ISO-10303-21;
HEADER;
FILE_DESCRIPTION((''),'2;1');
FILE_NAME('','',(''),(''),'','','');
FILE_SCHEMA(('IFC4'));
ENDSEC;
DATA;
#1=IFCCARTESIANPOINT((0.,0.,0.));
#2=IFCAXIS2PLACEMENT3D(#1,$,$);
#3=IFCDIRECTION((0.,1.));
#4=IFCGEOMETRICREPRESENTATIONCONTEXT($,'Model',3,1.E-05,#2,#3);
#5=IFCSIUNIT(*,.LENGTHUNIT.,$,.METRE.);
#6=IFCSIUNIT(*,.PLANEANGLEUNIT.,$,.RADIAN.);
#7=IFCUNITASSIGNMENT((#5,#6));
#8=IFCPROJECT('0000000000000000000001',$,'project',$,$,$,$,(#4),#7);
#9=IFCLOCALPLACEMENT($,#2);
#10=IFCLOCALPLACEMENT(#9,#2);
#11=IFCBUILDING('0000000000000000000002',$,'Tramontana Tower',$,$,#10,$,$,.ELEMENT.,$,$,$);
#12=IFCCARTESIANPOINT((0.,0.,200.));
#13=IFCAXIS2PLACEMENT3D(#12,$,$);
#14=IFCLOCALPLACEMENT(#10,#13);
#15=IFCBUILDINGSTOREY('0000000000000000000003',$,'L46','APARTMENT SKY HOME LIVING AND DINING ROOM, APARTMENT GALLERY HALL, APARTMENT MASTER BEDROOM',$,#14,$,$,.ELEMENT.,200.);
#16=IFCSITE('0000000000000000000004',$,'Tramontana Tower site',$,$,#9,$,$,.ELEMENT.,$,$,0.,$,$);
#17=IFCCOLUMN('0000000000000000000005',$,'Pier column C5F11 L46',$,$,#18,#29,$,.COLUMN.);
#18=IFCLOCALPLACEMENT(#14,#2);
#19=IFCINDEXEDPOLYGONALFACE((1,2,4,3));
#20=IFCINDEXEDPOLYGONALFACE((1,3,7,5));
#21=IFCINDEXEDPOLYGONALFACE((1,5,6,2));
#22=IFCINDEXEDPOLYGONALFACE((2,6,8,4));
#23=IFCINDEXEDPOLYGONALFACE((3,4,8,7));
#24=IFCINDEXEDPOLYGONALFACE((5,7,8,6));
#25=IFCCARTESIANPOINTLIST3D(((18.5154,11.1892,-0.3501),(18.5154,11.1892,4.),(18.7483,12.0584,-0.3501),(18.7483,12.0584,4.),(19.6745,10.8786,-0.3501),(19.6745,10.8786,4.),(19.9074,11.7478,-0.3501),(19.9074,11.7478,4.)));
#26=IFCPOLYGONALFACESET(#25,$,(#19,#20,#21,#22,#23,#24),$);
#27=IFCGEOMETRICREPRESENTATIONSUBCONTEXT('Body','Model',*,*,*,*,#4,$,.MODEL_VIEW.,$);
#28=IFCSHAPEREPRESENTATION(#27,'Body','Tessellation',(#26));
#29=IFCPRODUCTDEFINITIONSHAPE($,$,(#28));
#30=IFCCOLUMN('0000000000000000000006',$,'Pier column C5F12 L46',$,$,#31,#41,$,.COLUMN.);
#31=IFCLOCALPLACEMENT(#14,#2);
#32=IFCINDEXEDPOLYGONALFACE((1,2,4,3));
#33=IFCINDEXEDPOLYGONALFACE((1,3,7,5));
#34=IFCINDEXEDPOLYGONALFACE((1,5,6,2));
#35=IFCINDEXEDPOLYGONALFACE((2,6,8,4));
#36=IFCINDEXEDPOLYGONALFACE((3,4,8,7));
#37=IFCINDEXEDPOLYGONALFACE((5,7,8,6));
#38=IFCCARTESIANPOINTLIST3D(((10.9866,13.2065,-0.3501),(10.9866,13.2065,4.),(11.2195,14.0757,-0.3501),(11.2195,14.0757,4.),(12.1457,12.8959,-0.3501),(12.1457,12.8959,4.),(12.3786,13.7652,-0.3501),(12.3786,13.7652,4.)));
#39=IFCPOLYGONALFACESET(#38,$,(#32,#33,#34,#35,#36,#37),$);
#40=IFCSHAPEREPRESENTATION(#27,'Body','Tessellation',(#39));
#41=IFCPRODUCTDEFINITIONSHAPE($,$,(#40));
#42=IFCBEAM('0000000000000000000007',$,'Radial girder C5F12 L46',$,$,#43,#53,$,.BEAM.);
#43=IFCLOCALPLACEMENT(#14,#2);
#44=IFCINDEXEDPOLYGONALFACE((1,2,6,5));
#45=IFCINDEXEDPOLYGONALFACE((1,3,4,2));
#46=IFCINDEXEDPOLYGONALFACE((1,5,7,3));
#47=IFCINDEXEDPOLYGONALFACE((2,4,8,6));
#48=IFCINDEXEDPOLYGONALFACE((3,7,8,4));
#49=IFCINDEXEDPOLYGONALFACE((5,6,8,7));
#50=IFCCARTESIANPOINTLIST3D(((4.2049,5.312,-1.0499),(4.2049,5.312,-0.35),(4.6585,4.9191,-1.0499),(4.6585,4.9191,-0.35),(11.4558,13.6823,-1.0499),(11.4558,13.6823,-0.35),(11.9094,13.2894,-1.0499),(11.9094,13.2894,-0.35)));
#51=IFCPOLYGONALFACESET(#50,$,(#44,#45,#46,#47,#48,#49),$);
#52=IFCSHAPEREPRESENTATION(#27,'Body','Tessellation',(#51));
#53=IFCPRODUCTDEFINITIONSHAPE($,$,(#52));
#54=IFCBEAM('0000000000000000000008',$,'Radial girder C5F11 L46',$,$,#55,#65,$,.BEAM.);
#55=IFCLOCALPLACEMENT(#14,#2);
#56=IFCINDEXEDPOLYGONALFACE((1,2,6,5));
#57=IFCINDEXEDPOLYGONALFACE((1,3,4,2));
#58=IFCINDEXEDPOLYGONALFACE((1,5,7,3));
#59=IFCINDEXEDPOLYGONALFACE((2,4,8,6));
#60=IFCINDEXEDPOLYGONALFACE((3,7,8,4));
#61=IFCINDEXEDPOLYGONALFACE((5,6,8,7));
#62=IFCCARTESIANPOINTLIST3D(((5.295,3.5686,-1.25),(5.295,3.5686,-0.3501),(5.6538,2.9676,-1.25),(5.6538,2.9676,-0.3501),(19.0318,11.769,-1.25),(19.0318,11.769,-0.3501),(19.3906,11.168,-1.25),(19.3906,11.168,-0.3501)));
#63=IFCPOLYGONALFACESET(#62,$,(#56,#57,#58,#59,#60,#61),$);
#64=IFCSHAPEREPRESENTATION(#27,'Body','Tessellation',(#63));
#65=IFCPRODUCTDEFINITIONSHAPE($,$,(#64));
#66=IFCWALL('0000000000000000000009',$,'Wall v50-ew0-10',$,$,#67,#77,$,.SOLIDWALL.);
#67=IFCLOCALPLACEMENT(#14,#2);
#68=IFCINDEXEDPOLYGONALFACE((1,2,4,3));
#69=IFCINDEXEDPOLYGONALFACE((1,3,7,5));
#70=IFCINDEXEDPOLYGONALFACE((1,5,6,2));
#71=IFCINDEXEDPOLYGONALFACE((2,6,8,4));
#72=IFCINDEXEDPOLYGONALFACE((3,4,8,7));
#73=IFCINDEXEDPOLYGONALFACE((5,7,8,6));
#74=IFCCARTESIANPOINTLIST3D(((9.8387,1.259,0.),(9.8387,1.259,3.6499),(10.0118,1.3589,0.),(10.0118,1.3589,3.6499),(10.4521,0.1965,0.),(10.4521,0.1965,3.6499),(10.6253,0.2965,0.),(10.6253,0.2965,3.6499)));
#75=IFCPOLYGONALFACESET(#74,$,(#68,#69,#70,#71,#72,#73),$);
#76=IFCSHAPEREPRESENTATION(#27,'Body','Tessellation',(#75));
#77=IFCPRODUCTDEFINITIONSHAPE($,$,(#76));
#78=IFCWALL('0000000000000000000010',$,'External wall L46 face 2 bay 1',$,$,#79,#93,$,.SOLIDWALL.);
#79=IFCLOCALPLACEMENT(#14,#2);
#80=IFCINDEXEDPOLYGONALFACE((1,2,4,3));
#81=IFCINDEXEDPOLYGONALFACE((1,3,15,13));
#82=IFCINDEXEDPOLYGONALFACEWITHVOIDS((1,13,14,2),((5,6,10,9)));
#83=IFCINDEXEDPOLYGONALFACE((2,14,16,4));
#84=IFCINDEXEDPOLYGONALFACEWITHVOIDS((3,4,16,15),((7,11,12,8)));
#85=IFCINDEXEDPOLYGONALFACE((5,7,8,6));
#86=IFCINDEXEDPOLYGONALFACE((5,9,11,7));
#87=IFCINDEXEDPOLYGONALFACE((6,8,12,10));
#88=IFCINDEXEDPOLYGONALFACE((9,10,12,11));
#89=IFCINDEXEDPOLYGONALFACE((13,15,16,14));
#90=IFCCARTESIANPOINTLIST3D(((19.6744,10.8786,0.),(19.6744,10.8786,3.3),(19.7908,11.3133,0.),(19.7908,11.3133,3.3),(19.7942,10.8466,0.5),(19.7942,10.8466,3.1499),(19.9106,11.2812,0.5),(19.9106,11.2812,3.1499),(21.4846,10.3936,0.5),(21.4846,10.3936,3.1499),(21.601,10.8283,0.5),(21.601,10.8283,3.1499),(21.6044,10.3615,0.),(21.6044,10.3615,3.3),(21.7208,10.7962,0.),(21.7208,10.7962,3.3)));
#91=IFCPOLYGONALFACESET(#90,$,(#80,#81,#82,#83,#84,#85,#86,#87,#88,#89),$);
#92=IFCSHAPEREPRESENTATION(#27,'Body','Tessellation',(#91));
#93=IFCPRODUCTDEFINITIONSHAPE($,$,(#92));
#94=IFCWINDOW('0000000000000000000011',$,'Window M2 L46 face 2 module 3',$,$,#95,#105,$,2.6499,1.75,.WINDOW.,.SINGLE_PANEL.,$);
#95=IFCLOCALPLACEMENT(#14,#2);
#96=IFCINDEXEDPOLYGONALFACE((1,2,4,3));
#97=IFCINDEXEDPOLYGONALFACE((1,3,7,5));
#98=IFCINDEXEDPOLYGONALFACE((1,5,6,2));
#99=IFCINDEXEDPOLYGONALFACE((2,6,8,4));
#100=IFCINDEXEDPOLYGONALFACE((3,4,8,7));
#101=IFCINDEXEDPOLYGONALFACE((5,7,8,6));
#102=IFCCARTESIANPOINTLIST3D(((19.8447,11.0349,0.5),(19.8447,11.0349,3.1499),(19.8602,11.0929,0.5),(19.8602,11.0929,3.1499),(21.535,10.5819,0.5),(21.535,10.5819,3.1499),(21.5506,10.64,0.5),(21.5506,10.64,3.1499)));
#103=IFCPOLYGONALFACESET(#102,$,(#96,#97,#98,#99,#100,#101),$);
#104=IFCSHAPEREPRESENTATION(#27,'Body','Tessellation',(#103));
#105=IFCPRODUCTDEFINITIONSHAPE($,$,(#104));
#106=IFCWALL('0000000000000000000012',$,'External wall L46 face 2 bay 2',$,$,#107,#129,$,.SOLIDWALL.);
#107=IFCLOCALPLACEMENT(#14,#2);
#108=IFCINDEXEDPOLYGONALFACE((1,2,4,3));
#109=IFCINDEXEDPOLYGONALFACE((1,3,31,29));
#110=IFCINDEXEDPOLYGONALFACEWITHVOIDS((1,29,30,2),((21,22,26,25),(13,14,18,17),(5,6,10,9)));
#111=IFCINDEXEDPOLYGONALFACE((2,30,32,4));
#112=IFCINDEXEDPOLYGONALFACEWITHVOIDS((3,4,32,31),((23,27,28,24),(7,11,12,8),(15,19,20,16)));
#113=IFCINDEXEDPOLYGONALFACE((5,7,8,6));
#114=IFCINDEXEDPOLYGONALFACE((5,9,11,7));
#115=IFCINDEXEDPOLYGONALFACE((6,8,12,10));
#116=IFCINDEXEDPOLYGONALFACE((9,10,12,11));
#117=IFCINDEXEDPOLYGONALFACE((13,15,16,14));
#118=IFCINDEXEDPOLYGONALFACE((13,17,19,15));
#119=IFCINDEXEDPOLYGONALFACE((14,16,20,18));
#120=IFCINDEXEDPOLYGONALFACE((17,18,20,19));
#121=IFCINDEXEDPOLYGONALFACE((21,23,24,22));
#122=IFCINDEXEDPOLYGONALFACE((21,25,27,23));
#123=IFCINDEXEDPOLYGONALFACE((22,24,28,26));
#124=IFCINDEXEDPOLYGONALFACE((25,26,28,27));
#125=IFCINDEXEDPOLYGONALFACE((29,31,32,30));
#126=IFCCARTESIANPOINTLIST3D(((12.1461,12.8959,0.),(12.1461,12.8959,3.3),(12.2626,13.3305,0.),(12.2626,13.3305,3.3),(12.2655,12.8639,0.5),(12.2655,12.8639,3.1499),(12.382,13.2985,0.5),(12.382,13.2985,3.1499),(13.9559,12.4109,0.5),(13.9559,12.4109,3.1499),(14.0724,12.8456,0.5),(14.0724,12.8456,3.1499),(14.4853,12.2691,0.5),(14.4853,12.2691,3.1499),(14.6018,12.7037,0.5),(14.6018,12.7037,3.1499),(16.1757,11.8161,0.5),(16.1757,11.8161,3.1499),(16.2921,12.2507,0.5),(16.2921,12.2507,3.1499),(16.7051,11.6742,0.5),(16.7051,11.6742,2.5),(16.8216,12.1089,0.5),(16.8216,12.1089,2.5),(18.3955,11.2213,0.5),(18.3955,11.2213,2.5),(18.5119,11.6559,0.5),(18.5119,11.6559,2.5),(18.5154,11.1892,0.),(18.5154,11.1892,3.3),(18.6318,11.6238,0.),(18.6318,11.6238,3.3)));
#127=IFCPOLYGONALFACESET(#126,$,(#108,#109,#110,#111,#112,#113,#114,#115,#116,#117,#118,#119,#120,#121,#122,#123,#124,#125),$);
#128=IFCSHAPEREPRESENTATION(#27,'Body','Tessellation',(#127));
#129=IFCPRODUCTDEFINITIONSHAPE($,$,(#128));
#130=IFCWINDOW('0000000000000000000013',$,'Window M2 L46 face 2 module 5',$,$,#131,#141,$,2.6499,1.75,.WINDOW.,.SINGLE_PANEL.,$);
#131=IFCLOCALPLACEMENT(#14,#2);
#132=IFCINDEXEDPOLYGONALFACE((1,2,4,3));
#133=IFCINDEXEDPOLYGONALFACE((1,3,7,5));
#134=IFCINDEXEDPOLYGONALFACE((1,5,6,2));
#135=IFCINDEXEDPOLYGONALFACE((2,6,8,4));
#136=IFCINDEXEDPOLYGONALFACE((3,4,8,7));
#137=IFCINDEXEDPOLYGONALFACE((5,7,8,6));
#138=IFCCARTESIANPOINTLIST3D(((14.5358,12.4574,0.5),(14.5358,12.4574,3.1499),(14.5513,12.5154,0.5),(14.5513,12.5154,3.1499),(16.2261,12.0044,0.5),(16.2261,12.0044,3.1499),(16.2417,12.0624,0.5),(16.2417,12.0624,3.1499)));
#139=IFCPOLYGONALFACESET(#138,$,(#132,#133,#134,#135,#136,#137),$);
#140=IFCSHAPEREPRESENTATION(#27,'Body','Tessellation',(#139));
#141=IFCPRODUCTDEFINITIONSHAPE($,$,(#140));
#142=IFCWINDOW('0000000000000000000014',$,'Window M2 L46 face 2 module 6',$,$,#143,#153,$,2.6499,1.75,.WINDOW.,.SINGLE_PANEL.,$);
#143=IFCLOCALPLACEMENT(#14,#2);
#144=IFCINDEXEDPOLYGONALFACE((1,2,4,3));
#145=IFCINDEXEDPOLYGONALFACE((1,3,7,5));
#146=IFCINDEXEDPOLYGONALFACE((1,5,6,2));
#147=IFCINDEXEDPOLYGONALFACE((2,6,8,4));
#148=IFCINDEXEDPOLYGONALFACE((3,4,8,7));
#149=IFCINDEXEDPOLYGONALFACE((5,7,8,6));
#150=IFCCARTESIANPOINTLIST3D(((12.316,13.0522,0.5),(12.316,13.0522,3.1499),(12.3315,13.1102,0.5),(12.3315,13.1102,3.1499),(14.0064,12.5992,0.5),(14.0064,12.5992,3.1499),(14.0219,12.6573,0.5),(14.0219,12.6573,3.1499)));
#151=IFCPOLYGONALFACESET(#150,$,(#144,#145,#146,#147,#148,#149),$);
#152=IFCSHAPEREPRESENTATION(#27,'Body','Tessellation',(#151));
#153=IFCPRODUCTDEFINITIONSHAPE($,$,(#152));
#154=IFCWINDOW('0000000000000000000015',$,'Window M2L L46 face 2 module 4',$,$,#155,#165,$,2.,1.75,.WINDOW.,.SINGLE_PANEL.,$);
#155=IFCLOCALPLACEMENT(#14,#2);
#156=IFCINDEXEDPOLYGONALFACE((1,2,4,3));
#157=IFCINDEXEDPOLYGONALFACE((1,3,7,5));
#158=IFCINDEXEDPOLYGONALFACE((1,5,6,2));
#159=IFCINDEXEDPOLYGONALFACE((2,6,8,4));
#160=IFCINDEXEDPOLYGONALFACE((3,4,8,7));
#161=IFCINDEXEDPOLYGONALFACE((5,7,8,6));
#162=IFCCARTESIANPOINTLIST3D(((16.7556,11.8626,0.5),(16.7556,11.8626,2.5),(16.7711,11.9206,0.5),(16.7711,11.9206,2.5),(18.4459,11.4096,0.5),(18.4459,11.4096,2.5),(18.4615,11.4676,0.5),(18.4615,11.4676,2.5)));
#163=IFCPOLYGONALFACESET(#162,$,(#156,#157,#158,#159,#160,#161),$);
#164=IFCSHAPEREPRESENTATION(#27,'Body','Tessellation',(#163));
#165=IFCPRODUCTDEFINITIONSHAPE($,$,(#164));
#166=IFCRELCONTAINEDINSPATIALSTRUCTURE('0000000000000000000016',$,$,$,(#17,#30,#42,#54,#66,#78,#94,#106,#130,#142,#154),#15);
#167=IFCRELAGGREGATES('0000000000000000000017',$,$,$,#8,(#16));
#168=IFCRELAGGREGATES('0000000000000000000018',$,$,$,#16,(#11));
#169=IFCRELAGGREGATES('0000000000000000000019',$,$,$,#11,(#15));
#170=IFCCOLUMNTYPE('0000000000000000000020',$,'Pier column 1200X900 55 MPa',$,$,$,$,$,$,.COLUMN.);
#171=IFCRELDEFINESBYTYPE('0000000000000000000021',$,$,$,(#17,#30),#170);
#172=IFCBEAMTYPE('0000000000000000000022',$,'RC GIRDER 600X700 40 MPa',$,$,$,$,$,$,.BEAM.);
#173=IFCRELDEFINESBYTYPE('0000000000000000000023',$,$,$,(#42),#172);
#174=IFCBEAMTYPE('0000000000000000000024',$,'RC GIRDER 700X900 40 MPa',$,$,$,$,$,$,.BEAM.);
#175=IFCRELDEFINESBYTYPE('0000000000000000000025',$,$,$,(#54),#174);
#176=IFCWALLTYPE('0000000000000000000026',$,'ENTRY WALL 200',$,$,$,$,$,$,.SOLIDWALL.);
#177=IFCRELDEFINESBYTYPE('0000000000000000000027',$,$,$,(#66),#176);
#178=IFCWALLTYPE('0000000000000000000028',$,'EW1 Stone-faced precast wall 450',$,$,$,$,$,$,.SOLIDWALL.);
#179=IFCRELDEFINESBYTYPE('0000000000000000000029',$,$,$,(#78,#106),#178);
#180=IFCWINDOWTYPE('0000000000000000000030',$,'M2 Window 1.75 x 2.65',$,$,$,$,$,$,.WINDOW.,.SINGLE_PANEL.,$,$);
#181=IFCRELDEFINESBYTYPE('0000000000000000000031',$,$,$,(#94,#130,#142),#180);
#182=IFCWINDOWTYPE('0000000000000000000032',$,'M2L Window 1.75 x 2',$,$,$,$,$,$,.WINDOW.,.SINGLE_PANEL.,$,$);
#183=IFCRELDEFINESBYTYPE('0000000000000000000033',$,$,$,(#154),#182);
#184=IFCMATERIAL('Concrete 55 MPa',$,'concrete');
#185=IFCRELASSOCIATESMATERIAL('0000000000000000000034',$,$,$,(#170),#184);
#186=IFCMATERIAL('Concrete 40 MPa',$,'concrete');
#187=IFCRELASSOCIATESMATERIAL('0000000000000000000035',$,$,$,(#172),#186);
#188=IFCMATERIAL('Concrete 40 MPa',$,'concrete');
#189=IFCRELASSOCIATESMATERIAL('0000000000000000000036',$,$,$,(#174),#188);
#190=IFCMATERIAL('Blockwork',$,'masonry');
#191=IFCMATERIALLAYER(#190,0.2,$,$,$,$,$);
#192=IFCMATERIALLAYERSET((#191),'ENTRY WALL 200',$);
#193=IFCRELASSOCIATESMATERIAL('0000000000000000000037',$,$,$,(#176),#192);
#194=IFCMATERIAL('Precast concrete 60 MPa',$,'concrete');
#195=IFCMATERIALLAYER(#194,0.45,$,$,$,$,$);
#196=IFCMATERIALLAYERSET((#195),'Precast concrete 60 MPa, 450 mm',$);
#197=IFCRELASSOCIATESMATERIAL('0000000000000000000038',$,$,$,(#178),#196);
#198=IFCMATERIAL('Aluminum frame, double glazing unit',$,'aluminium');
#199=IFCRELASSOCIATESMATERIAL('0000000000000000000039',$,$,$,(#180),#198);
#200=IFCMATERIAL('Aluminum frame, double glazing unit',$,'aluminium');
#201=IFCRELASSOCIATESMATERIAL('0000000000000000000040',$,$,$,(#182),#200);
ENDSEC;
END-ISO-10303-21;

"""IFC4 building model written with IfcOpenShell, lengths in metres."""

from ifc_helpers import new_model, si_unit, direction, frame, frame_2d, origin, origin_2d, place, context, subcontext, project, spatial, rectangle, extrude, material, layer, layer_set, material_profile, profile_set, type_object, element, fill, save


model = new_model("IFC4")

# Units and contexts
model_context = context("Model", 3, precision=1e-05, world=origin(), true_north=direction((0.0, 1.0)))
body_context = subcontext(model_context, "Body", "Model", "MODEL_VIEW")
ifc_project = project(units=[si_unit("LENGTHUNIT", "METRE"), si_unit("PLANEANGLEUNIT", "RADIAN")], contexts=[model_context])

# Site, building, storey
site_placement = place(None, origin())
site = spatial("IfcSite", under=ifc_project, at=site_placement, Name="Tramontana Tower site", CompositionType="ELEMENT", RefElevation=0.0)
building_placement = place(site_placement, origin())
building = spatial("IfcBuilding", under=site, at=building_placement, Name="Tramontana Tower", CompositionType="ELEMENT")
storey_placement = place(building_placement, frame((0.0, 0.0, 200.0)))
storey = spatial("IfcBuildingStorey", under=building, at=storey_placement, Name="L46", Description="APARTMENT SKY HOME LIVING AND DINING ROOM, APARTMENT GALLERY HALL, APARTMENT MASTER BEDROOM", CompositionType="ELEMENT", Elevation=200.0)

# Columns
ifc_material_1 = material(Name="Concrete 55 MPa", Category="concrete")
ifc_material_profile_1 = material_profile(ifc_material_1, rectangle(XDim=1.2, YDim=0.8999, at=origin_2d()), Name="Pier column 1200X900 55 MPa")
ifc_profile_set_1 = profile_set([ifc_material_profile_1], Name="Concrete 55 MPa")
column_type = type_object("IfcColumnType", Name="Pier column 1200X900 55 MPa", PredefinedType="COLUMN", material=ifc_profile_set_1)
for number, where, z_axis, x_axis, name in (
    (1, (19.2114, 11.4685, -0.3501), (0.0, 0.0, 1.0), (-0.965926, 0.258819, 0.0), "Pier column C5F11 L46"),
    (2, (11.6826, 13.4858, -0.3501), (0.0, 0.0, 1.0), (-0.965926, 0.258819, 0.0), "Pier column C5F12 L46"),
):
    element("IfcColumn", number, at=place(storey_placement, frame(where, z_axis=z_axis, x_axis=x_axis)), inside=storey, type_object=column_type, Name=name, PredefinedType="COLUMN", context=body_context, shape_type="SweptSolid", body=[
        extrude(rectangle(XDim=1.2, YDim=0.8999, at=origin_2d()), origin(), (0.0, 0.0, 1.0), 4.3501),
    ])

# Beams
ifc_material_2 = material(Name="Concrete 40 MPa", Category="concrete")
ifc_material_profile_2 = material_profile(ifc_material_2, rectangle(XDim=0.6001, YDim=0.7, at=origin_2d()), Name="RC GIRDER 600X700 40 MPa")
ifc_profile_set_2 = profile_set([ifc_material_profile_2], Name="Concrete 40 MPa")
beam_type_1 = type_object("IfcBeamType", Name="RC GIRDER 600X700 40 MPa", PredefinedType="BEAM", material=ifc_profile_set_2)
beam_1_placement = place(storey_placement, frame((11.6826, 13.4858, -0.7), z_axis=(-0.654758, -0.755838, 0.0), x_axis=(0.755838, -0.654758, 0.0)))
element("IfcBeam", 3, at=beam_1_placement, inside=storey, type_object=beam_type_1, Name="Radial girder C5F12 L46", PredefinedType="BEAM", context=body_context, shape_type="SweptSolid", body=[
    extrude(rectangle(XDim=0.6001, YDim=0.7, at=origin_2d()), origin(), (0.0, 0.0, 1.0), 11.0742),
])
ifc_material_3 = material(Name="Concrete 40 MPa", Category="concrete")
ifc_material_profile_3 = material_profile(ifc_material_3, rectangle(XDim=0.7, YDim=0.8999, at=origin_2d()), Name="RC GIRDER 700X900 40 MPa")
ifc_profile_set_3 = profile_set([ifc_material_profile_3], Name="Concrete 40 MPa")
beam_type_2 = type_object("IfcBeamType", Name="RC GIRDER 700X900 40 MPa", PredefinedType="BEAM", material=ifc_profile_set_3)
beam_2_placement = place(storey_placement, frame((19.2112, 11.4685, -0.8), z_axis=(-0.858639, -0.51258, 0.0), x_axis=(0.51258, -0.858639, 0.0)))
element("IfcBeam", 4, at=beam_2_placement, inside=storey, type_object=beam_type_2, Name="Radial girder C5F11 L46", PredefinedType="BEAM", context=body_context, shape_type="SweptSolid", body=[
    extrude(rectangle(XDim=0.7, YDim=0.8999, at=origin_2d()), origin(), (0.0, 0.0, 1.0), 15.9983),
])

# Wall
ifc_material_4 = material(Name="Blockwork", Category="masonry")
ifc_layer_1 = layer(ifc_material_4, 0.2)
ifc_layer_set_1 = layer_set([ifc_layer_1], Name="ENTRY WALL 200")
wall_type_1 = type_object("IfcWallType", Name="ENTRY WALL 200", PredefinedType="SOLIDWALL", material=ifc_layer_set_1)
wall_1_placement = place(storey_placement, frame((9.9253, 1.3088, 0.0), z_axis=(0.0, 0.0, 1.0), x_axis=(0.500055, -0.865993, 0.0)))
element("IfcWall", 5, at=wall_1_placement, inside=storey, type_object=wall_type_1, Name="Wall v50-ew0-10", PredefinedType="SOLIDWALL", context=body_context, shape_type="SweptSolid", body=[
    extrude(rectangle(XDim=1.2268, YDim=0.2, at=frame_2d((0.6133, 0.0))), origin(), (0.0, 0.0, 1.0), 3.6499),
])

# Wall, opening, window
ifc_material_5 = material(Name="Precast concrete 60 MPa", Category="concrete")
ifc_layer_2 = layer(ifc_material_5, 0.45)
ifc_layer_set_2 = layer_set([ifc_layer_2], Name="Precast concrete 60 MPa, 450 mm")
wall_type_2 = type_object("IfcWallType", Name="EW1 Stone-faced precast wall 450", PredefinedType="SOLIDWALL", material=ifc_layer_set_2)
wall_2_placement = place(storey_placement, frame((21.6626, 10.5789, 0.0), z_axis=(0.0, 0.0, 1.0), x_axis=(-0.96593, 0.258803, 0.0)))
wall_2 = element("IfcWall", 6, at=wall_2_placement, inside=storey, type_object=wall_type_2, Name="External wall L46 face 2 bay 1", PredefinedType="SOLIDWALL", context=body_context, shape_type="SweptSolid", body=[
    extrude(rectangle(XDim=1.998, YDim=0.45, at=frame_2d((0.999, 0.0))), origin(), (0.0, 0.0, 1.0), 3.3),
])
opening_1_placement = place(wall_2_placement, frame((0.124, 0.0, 0.5)))
opening_1 = element("IfcOpeningElement", 7, at=opening_1_placement, cuts=wall_2, PredefinedType="OPENING", context=body_context, shape_type="SweptSolid", body=[
    extrude(rectangle(XDim=1.75, YDim=2.6499, at=frame_2d((0.875, 1.325))), frame((0.0, 0.2349, 0.0), z_axis=(0.0, -1.0, 0.0), x_axis=(1.0, 0.0, 0.0)), (0.0, 0.0, 1.0), 0.47),
])
ifc_material_6 = material(Name="Aluminum frame, double glazing unit", Category="aluminium")
window_type_1 = type_object("IfcWindowType", Name="M2 Window 1.75 x 2.65", PartitioningType="SINGLE_PANEL", PredefinedType="WINDOW", material=ifc_material_6)
window_1_placement = place(opening_1_placement, origin())
window_1 = element("IfcWindow", 8, at=window_1_placement, inside=storey, type_object=window_type_1, Name="Window M2 L46 face 2 module 3", OverallHeight=2.6499, OverallWidth=1.75, PartitioningType="SINGLE_PANEL", PredefinedType="WINDOW", context=body_context, shape_type="SweptSolid", body=[
    extrude(rectangle(XDim=1.75, YDim=2.6499, at=frame_2d((0.875, 1.325))), frame((0.0, 0.03, 0.0), z_axis=(0.0, -1.0, 0.0), x_axis=(1.0, 0.0, 0.0)), (0.0, 0.0, 1.0), 0.0601),
])
fill(opening_1, window_1)

# Wall, openings, windows
wall_3_placement = place(storey_placement, frame((18.5735, 11.4065, 0.0), z_axis=(0.0, 0.0, 1.0), x_axis=(-0.965921, 0.258835, 0.0)))
wall_3 = element("IfcWall", 9, at=wall_3_placement, inside=storey, type_object=wall_type_2, Name="External wall L46 face 2 bay 2", PredefinedType="SOLIDWALL", context=body_context, shape_type="SweptSolid", body=[
    extrude(rectangle(XDim=6.594, YDim=0.45, at=frame_2d((3.2969, 0.0))), origin(), (0.0, 0.0, 1.0), 3.3),
])
opening_2_placement = place(wall_3_placement, frame((0.124, 0.0, 0.5)))
opening_2 = element("IfcOpeningElement", 10, at=opening_2_placement, cuts=wall_3, PredefinedType="OPENING", context=body_context, shape_type="SweptSolid", body=[
    extrude(rectangle(XDim=1.75, YDim=2.0, at=frame_2d((0.875, 1.0))), frame((0.0, 0.2349, 0.0), z_axis=(0.0, -1.0, 0.0), x_axis=(1.0, 0.0, 0.0)), (0.0, 0.0, 1.0), 0.47),
])
opening_3_placement = place(wall_3_placement, frame((2.4221, 0.0, 0.5)))
opening_3 = element("IfcOpeningElement", 11, at=opening_3_placement, cuts=wall_3, PredefinedType="OPENING", context=body_context, shape_type="SweptSolid", body=[
    extrude(rectangle(XDim=1.75, YDim=2.6499, at=frame_2d((0.875, 1.325))), frame((0.0, 0.2349, 0.0), z_axis=(0.0, -1.0, 0.0), x_axis=(1.0, 0.0, 0.0)), (0.0, 0.0, 1.0), 0.47),
])
opening_4_placement = place(wall_3_placement, frame((4.7202, 0.0, 0.5)))
opening_4 = element("IfcOpeningElement", 12, at=opening_4_placement, cuts=wall_3, PredefinedType="OPENING", context=body_context, shape_type="SweptSolid", body=[
    extrude(rectangle(XDim=1.75, YDim=2.6499, at=frame_2d((0.875, 1.325))), frame((0.0, 0.2349, 0.0), z_axis=(0.0, -1.0, 0.0), x_axis=(1.0, 0.0, 0.0)), (0.0, 0.0, 1.0), 0.47),
])
window_2_placement = place(opening_3_placement, origin())
window_2 = element("IfcWindow", 13, at=window_2_placement, inside=storey, type_object=window_type_1, Name="Window M2 L46 face 2 module 5", OverallHeight=2.6499, OverallWidth=1.75, PartitioningType="SINGLE_PANEL", PredefinedType="WINDOW", context=body_context, shape_type="SweptSolid", body=[
    extrude(rectangle(XDim=1.75, YDim=2.6499, at=frame_2d((0.875, 1.325))), frame((0.0, 0.03, 0.0), z_axis=(0.0, -1.0, 0.0), x_axis=(1.0, 0.0, 0.0)), (0.0, 0.0, 1.0), 0.0601),
])
fill(opening_3, window_2)
window_3_placement = place(opening_4_placement, origin())
window_3 = element("IfcWindow", 14, at=window_3_placement, inside=storey, type_object=window_type_1, Name="Window M2 L46 face 2 module 6", OverallHeight=2.6499, OverallWidth=1.75, PartitioningType="SINGLE_PANEL", PredefinedType="WINDOW", context=body_context, shape_type="SweptSolid", body=[
    extrude(rectangle(XDim=1.75, YDim=2.6499, at=frame_2d((0.875, 1.325))), frame((0.0, 0.03, 0.0), z_axis=(0.0, -1.0, 0.0), x_axis=(1.0, 0.0, 0.0)), (0.0, 0.0, 1.0), 0.0601),
])
fill(opening_4, window_3)
ifc_material_7 = material(Name="Aluminum frame, double glazing unit", Category="aluminium")
window_type_2 = type_object("IfcWindowType", Name="M2L Window 1.75 x 2", PartitioningType="SINGLE_PANEL", PredefinedType="WINDOW", material=ifc_material_7)
window_4_placement = place(opening_2_placement, origin())
window_4 = element("IfcWindow", 15, at=window_4_placement, inside=storey, type_object=window_type_2, Name="Window M2L L46 face 2 module 4", OverallHeight=2.0, OverallWidth=1.75, PartitioningType="SINGLE_PANEL", PredefinedType="WINDOW", context=body_context, shape_type="SweptSolid", body=[
    extrude(rectangle(XDim=1.75, YDim=2.0, at=frame_2d((0.875, 1.0))), frame((0.0, 0.03, 0.0), z_axis=(0.0, -1.0, 0.0), x_axis=(1.0, 0.0, 0.0)), (0.0, 0.0, 1.0), 0.0601),
])
fill(opening_2, window_4)

save(model, "model.ifc")
